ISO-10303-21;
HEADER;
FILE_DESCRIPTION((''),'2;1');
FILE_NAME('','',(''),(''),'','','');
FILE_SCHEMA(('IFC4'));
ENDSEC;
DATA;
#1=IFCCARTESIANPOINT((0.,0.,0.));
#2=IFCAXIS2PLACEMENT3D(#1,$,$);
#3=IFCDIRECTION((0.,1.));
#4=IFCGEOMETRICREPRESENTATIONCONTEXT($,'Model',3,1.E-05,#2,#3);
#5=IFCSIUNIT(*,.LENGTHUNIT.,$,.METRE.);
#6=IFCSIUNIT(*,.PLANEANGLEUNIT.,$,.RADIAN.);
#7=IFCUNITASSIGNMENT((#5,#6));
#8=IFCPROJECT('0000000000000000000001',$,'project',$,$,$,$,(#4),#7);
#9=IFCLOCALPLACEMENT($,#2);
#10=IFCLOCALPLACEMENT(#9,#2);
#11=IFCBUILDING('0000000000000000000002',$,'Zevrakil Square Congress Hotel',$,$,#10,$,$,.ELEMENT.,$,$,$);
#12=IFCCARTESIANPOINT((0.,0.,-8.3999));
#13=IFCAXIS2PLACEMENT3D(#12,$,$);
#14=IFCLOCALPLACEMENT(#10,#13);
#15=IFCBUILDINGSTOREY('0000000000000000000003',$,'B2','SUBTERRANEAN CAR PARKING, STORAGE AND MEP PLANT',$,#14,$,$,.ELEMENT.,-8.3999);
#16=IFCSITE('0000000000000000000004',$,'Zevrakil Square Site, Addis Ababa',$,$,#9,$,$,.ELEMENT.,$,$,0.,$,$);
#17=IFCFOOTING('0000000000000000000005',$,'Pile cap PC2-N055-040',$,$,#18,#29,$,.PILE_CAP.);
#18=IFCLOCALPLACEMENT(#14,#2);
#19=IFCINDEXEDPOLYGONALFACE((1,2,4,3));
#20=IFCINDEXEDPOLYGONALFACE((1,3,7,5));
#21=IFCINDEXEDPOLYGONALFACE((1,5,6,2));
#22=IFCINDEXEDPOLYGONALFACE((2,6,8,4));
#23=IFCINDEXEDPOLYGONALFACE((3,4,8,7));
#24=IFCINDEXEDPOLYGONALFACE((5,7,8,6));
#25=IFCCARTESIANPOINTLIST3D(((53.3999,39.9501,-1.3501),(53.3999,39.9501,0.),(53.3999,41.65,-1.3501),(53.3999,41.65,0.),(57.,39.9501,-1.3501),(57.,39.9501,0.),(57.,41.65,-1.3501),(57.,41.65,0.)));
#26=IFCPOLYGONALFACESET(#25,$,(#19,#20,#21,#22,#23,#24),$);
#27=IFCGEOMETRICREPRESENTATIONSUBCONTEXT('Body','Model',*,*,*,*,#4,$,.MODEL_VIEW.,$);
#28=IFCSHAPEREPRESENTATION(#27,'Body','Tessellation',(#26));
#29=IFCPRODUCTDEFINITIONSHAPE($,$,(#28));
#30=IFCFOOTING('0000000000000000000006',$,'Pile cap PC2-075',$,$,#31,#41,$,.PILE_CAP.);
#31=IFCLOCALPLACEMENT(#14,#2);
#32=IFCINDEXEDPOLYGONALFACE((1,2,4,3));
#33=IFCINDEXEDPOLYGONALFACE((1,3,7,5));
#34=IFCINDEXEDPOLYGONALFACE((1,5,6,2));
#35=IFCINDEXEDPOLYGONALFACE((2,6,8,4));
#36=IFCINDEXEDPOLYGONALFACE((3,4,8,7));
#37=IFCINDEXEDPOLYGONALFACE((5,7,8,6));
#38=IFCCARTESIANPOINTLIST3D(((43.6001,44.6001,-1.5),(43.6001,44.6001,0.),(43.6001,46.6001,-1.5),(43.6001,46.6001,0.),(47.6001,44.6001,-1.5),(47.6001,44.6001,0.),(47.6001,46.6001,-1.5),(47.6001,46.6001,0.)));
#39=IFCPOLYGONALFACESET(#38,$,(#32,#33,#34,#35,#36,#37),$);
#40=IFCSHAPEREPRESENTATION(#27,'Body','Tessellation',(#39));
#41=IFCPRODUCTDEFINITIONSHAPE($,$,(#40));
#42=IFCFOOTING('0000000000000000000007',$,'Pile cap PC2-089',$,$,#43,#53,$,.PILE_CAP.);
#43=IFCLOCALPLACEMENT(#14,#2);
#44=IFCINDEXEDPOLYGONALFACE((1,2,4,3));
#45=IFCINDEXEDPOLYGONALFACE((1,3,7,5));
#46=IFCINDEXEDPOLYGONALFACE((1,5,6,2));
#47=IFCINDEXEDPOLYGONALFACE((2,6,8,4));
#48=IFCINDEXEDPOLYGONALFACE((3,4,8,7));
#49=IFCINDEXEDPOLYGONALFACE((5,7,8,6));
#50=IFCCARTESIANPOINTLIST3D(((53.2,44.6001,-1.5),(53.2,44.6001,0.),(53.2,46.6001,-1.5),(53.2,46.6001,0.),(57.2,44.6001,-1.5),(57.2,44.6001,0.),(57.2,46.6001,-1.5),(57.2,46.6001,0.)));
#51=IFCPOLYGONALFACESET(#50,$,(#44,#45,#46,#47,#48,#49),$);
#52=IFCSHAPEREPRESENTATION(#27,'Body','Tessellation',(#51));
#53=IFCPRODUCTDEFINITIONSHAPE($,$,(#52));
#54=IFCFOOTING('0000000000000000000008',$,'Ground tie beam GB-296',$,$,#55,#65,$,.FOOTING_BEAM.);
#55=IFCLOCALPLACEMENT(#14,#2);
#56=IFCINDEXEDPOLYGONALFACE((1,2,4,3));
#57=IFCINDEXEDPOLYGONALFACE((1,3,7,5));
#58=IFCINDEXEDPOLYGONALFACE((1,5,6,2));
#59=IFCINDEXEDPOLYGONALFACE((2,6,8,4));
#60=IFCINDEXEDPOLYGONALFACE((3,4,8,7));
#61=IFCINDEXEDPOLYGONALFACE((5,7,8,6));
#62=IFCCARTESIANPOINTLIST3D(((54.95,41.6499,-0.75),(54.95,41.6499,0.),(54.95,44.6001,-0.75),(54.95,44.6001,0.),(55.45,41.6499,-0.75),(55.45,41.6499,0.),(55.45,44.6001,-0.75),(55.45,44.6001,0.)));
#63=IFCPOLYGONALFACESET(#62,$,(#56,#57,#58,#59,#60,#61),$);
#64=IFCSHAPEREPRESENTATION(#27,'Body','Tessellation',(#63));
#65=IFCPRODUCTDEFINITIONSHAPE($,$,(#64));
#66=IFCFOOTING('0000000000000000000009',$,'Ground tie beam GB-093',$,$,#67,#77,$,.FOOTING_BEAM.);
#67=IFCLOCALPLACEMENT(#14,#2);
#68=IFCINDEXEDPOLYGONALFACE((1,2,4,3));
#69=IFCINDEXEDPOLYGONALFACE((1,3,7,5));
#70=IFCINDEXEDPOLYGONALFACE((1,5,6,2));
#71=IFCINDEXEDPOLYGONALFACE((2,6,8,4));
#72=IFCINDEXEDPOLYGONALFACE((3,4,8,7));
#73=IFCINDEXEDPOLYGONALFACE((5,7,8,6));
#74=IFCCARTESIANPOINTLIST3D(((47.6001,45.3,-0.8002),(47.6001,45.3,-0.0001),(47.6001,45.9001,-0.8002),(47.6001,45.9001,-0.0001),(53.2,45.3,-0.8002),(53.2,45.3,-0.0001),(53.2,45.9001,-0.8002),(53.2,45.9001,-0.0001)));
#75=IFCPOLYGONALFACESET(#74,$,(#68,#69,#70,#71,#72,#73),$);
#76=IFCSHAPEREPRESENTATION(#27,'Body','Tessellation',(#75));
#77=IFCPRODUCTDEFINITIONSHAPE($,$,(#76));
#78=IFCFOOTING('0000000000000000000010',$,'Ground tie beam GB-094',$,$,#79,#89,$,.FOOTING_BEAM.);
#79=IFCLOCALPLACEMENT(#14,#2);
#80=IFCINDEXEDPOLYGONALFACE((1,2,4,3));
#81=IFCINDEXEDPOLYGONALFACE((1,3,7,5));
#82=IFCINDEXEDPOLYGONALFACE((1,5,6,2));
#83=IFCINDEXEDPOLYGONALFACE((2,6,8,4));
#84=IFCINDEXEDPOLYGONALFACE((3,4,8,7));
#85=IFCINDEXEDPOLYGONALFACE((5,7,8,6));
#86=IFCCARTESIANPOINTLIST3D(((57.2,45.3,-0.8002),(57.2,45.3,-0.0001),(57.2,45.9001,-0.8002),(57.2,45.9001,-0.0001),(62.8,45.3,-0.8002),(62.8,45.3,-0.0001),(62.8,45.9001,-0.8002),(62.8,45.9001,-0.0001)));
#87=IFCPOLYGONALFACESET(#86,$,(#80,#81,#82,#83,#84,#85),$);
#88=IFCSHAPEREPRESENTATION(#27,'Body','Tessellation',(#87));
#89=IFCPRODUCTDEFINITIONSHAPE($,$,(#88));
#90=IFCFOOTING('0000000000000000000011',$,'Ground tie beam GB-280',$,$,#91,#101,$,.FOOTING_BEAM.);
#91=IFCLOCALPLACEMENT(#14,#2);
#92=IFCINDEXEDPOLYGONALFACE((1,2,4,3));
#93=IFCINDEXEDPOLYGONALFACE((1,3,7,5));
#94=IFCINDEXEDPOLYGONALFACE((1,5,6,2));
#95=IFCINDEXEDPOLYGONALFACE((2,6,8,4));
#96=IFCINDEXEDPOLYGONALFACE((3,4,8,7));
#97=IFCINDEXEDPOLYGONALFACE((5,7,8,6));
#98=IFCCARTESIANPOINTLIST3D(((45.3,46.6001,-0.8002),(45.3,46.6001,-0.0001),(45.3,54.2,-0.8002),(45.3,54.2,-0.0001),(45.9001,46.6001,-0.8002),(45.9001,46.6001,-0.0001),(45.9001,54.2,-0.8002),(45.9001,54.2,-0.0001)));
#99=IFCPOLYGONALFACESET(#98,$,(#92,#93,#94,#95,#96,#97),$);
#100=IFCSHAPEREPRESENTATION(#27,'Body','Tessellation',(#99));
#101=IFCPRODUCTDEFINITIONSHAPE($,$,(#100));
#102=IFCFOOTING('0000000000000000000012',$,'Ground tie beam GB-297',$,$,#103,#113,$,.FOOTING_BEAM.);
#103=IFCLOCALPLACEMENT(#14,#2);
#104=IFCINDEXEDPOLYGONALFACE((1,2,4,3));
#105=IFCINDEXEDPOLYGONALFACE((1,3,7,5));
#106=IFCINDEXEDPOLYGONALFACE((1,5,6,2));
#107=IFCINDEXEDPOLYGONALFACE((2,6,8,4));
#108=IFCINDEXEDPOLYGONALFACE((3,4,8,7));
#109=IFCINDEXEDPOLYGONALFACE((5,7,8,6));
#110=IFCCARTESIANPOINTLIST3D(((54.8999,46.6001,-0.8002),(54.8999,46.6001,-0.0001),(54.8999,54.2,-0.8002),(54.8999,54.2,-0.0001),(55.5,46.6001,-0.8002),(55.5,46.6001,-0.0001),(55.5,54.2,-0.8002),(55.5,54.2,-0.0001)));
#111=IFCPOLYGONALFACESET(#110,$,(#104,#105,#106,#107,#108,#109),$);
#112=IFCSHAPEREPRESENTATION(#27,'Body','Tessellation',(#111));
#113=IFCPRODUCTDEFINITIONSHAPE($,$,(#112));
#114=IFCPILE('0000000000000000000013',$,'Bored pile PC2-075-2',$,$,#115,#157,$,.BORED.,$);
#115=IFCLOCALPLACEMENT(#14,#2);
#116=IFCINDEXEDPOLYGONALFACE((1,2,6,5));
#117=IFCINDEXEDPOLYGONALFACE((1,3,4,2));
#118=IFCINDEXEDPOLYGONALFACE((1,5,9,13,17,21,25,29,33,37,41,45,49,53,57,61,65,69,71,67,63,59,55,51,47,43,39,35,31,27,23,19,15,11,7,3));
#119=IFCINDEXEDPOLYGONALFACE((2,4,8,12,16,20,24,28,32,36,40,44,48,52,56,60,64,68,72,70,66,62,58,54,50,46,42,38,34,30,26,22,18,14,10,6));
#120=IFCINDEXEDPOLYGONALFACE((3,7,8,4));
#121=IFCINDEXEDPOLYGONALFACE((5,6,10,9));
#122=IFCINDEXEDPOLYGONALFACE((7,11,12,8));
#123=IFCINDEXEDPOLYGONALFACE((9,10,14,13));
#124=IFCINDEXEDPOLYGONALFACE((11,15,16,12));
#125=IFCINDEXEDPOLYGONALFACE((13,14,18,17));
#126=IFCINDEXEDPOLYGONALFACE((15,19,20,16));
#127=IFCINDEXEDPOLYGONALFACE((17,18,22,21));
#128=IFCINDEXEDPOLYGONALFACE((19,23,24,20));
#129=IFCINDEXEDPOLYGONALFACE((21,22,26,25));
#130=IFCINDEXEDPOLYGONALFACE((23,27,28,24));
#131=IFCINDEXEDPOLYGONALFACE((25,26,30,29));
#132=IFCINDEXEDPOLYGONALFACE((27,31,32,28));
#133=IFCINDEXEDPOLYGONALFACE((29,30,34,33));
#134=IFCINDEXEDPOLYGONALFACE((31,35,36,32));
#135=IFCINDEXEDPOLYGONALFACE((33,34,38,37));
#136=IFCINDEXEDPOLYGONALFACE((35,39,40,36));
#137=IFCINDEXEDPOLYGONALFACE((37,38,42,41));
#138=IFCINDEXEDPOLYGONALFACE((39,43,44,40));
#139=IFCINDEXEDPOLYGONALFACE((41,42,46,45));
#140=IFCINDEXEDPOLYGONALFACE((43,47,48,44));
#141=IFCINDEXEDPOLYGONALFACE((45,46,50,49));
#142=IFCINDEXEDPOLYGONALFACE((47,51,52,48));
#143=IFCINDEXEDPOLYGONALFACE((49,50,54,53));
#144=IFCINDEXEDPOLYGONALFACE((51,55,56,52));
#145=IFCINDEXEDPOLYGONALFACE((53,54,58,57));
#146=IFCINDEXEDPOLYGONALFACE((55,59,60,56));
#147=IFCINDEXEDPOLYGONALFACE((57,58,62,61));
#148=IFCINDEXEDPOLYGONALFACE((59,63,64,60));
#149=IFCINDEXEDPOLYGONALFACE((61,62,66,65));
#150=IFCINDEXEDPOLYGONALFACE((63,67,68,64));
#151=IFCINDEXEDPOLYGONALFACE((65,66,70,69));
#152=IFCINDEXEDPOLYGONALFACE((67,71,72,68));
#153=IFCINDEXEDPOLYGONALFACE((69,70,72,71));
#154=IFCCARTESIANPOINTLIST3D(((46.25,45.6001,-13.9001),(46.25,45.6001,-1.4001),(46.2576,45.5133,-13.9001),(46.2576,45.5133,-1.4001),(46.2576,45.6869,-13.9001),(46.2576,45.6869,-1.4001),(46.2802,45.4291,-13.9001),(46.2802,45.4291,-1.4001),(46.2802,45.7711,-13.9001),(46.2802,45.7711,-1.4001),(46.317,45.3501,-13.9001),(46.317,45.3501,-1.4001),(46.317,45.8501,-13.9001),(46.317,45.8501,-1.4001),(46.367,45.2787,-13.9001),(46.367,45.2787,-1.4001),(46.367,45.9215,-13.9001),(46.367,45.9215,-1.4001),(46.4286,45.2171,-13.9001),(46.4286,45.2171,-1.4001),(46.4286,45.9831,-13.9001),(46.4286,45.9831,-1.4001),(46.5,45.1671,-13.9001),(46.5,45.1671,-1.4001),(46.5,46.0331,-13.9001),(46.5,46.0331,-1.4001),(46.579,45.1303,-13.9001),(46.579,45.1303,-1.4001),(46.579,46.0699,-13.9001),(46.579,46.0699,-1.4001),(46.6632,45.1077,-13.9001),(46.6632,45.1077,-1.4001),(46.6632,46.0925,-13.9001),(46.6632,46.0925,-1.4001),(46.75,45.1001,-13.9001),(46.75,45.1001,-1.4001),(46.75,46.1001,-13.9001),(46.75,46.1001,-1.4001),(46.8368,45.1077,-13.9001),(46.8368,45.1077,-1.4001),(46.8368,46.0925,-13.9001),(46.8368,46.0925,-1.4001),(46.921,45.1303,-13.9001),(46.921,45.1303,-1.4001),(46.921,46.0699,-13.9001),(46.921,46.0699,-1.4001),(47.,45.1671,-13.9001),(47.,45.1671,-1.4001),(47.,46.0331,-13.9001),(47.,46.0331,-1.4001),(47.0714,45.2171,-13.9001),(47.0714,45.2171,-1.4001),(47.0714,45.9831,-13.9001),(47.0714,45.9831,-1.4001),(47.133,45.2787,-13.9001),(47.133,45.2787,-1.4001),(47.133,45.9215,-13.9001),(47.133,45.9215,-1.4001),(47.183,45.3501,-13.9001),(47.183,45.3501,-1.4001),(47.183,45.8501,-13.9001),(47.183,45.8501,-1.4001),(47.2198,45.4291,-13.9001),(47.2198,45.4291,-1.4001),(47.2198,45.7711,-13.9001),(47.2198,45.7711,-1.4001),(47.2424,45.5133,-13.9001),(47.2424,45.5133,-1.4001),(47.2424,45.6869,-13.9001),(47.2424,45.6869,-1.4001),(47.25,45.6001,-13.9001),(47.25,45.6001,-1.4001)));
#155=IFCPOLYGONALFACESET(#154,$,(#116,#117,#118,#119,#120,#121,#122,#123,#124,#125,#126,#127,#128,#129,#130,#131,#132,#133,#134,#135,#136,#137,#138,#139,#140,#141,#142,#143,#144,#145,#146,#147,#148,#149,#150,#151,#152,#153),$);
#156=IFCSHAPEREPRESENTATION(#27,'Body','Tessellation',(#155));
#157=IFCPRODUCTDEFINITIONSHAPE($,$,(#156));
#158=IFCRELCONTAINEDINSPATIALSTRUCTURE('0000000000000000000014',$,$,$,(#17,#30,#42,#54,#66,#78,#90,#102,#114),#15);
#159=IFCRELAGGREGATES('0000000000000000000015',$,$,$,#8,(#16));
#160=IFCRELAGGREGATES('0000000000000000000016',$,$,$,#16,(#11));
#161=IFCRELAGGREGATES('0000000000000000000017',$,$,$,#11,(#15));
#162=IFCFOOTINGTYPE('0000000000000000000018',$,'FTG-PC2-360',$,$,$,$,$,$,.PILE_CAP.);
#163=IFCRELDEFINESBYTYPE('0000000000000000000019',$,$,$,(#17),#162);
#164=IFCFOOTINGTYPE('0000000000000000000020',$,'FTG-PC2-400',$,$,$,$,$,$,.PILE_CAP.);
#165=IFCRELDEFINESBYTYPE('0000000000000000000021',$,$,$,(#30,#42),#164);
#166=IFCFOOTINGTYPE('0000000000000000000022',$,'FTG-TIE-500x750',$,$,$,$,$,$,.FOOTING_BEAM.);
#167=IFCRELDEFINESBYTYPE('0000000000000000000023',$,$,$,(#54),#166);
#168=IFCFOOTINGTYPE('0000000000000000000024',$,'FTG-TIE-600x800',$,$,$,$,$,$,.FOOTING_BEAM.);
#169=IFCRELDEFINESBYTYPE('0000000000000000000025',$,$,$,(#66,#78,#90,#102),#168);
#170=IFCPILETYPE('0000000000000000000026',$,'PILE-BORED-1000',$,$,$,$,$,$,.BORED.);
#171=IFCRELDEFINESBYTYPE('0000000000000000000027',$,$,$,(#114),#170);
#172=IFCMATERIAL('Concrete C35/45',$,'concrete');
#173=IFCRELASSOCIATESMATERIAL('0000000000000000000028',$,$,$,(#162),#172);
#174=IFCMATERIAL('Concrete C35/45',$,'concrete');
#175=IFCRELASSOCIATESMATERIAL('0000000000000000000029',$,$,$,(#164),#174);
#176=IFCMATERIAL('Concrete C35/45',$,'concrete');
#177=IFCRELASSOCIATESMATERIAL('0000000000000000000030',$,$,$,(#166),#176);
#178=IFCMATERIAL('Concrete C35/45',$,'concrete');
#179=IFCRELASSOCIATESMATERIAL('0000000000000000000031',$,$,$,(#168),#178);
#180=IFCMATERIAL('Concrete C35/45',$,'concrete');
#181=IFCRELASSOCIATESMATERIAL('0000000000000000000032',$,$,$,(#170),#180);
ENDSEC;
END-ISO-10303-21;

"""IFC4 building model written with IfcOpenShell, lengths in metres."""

from ifc_helpers import new_model, si_unit, direction, frame, origin, origin_2d, place, context, subcontext, project, spatial, rectangle, circle, extrude, material, material_profile, profile_set, type_object, element, save


model = new_model("IFC4")

# Units and contexts
model_context = context("Model", 3, precision=1e-05, world=origin(), true_north=direction((0.0, 1.0)))
body_context = subcontext(model_context, "Body", "Model", "MODEL_VIEW")
ifc_project = project(units=[si_unit("LENGTHUNIT", "METRE"), si_unit("PLANEANGLEUNIT", "RADIAN")], contexts=[model_context])

# Site, building, storey
site_placement = place(None, origin())
site = spatial("IfcSite", under=ifc_project, at=site_placement, Name="Zevrakil Square Site, Addis Ababa", CompositionType="ELEMENT", RefElevation=0.0)
building_placement = place(site_placement, origin())
building = spatial("IfcBuilding", under=site, at=building_placement, Name="Zevrakil Square Congress Hotel", CompositionType="ELEMENT")
storey_placement = place(building_placement, frame((0.0, 0.0, -8.3999)))
storey = spatial("IfcBuildingStorey", under=building, at=storey_placement, Name="B2", Description="SUBTERRANEAN CAR PARKING, STORAGE AND MEP PLANT", CompositionType="ELEMENT", Elevation=-8.3999)

# Footings
ifc_material_1 = material(Name="Concrete C35/45", Category="concrete")
footing_type_1 = type_object("IfcFootingType", Name="FTG-PC2-360", PredefinedType="PILE_CAP", material=ifc_material_1)
footing_1_placement = place(storey_placement, frame((55.2, 40.8, -1.3501), z_axis=(0.0, 0.0, 1.0), x_axis=(1.0, 0.0, 0.0)))
element("IfcFooting", 1, at=footing_1_placement, inside=storey, type_object=footing_type_1, Name="Pile cap PC2-N055-040", PredefinedType="PILE_CAP", context=body_context, shape_type="SweptSolid", body=[
    extrude(rectangle(XDim=3.6001, YDim=1.7, at=origin_2d()), origin(), (0.0, 0.0, 1.0), 1.3501),
])
ifc_material_2 = material(Name="Concrete C35/45", Category="concrete")
footing_type_2 = type_object("IfcFootingType", Name="FTG-PC2-400", PredefinedType="PILE_CAP", material=ifc_material_2)
for number, where, z_axis, x_axis, name in (
    (2, (45.6001, 45.6001, -1.5), (0.0, 0.0, 1.0), (1.0, 0.0, 0.0), "Pile cap PC2-075"),
    (3, (55.2, 45.6001, -1.5), (0.0, 0.0, 1.0), (1.0, 0.0, 0.0), "Pile cap PC2-089"),
):
    element("IfcFooting", number, at=place(storey_placement, frame(where, z_axis=z_axis, x_axis=x_axis)), inside=storey, type_object=footing_type_2, Name=name, PredefinedType="PILE_CAP", context=body_context, shape_type="SweptSolid", body=[
        extrude(rectangle(XDim=4.0, YDim=2.0, at=origin_2d()), origin(), (0.0, 0.0, 1.0), 1.5),
    ])
ifc_material_3 = material(Name="Concrete C35/45", Category="concrete")
ifc_material_profile_1 = material_profile(ifc_material_3, rectangle(XDim=0.5, YDim=0.75, at=origin_2d()), Name="RC 500x750")
ifc_profile_set_1 = profile_set([ifc_material_profile_1], Name="Concrete C35/45")
footing_type_3 = type_object("IfcFootingType", Name="FTG-TIE-500x750", PredefinedType="FOOTING_BEAM", material=ifc_profile_set_1)
footing_2_placement = place(storey_placement, frame((55.2, 41.6499, -0.375), z_axis=(0.0, 1.0, 0.0), x_axis=(-1.0, 0.0, 0.0)))
element("IfcFooting", 4, at=footing_2_placement, inside=storey, type_object=footing_type_3, Name="Ground tie beam GB-296", PredefinedType="FOOTING_BEAM", context=body_context, shape_type="SweptSolid", body=[
    extrude(rectangle(XDim=0.5, YDim=0.75, at=origin_2d()), origin(), (0.0, 0.0, 1.0), 2.9502),
])
ifc_material_4 = material(Name="Concrete C35/45", Category="concrete")
ifc_material_profile_2 = material_profile(ifc_material_4, rectangle(XDim=0.6001, YDim=0.8, at=origin_2d()), Name="RC 600x800")
ifc_profile_set_2 = profile_set([ifc_material_profile_2], Name="Concrete C35/45")
footing_type_4 = type_object("IfcFootingType", Name="FTG-TIE-600x800", PredefinedType="FOOTING_BEAM", material=ifc_profile_set_2)
footing_3_placement = place(storey_placement, frame((47.6001, 45.6001, -0.4001), z_axis=(1.0, 0.0, 0.0), x_axis=(0.0, 1.0, 0.0)))
element("IfcFooting", 5, at=footing_3_placement, inside=storey, type_object=footing_type_4, Name="Ground tie beam GB-093", PredefinedType="FOOTING_BEAM", context=body_context, shape_type="SweptSolid", body=[
    extrude(rectangle(XDim=0.6001, YDim=0.8, at=origin_2d()), origin(), (0.0, 0.0, 1.0), 5.5999),
])
footing_4_placement = place(storey_placement, frame((57.2, 45.6001, -0.4001), z_axis=(1.0, 0.0, 0.0), x_axis=(0.0, 1.0, 0.0)))
element("IfcFooting", 6, at=footing_4_placement, inside=storey, type_object=footing_type_4, Name="Ground tie beam GB-094", PredefinedType="FOOTING_BEAM", context=body_context, shape_type="SweptSolid", body=[
    extrude(rectangle(XDim=0.6001, YDim=0.8, at=origin_2d()), origin(), (0.0, 0.0, 1.0), 5.6001),
])
for number, where, z_axis, x_axis, name in (
    (7, (45.6001, 46.6001, -0.4001), (0.0, 1.0, 0.0), (-1.0, 0.0, 0.0), "Ground tie beam GB-280"),
    (8, (55.2, 46.6001, -0.4001), (0.0, 1.0, 0.0), (-1.0, 0.0, 0.0), "Ground tie beam GB-297"),
):
    element("IfcFooting", number, at=place(storey_placement, frame(where, z_axis=z_axis, x_axis=x_axis)), inside=storey, type_object=footing_type_4, Name=name, PredefinedType="FOOTING_BEAM", context=body_context, shape_type="SweptSolid", body=[
        extrude(rectangle(XDim=0.6001, YDim=0.8, at=origin_2d()), origin(), (0.0, 0.0, 1.0), 7.5999),
    ])

# Pile
ifc_material_5 = material(Name="Concrete C35/45", Category="concrete")
ifc_material_profile_3 = material_profile(ifc_material_5, circle(Radius=0.5, at=origin_2d()), Name="PILE D1000")
ifc_profile_set_3 = profile_set([ifc_material_profile_3], Name="Concrete C35/45")
pile_type = type_object("IfcPileType", Name="PILE-BORED-1000", PredefinedType="BORED", material=ifc_profile_set_3)
pile_placement = place(storey_placement, frame((46.75, 45.6001, -1.4001), z_axis=(0.0, 0.0, -1.0), x_axis=(1.0, 0.0, 0.0)))
element("IfcPile", 9, at=pile_placement, inside=storey, type_object=pile_type, Name="Bored pile PC2-075-2", PredefinedType="BORED", context=body_context, shape_type="SweptSolid", body=[
    extrude(circle(Radius=0.5, at=origin_2d()), origin(), (0.0, 0.0, 1.0), 12.5),
])

save(model, "model.ifc")
